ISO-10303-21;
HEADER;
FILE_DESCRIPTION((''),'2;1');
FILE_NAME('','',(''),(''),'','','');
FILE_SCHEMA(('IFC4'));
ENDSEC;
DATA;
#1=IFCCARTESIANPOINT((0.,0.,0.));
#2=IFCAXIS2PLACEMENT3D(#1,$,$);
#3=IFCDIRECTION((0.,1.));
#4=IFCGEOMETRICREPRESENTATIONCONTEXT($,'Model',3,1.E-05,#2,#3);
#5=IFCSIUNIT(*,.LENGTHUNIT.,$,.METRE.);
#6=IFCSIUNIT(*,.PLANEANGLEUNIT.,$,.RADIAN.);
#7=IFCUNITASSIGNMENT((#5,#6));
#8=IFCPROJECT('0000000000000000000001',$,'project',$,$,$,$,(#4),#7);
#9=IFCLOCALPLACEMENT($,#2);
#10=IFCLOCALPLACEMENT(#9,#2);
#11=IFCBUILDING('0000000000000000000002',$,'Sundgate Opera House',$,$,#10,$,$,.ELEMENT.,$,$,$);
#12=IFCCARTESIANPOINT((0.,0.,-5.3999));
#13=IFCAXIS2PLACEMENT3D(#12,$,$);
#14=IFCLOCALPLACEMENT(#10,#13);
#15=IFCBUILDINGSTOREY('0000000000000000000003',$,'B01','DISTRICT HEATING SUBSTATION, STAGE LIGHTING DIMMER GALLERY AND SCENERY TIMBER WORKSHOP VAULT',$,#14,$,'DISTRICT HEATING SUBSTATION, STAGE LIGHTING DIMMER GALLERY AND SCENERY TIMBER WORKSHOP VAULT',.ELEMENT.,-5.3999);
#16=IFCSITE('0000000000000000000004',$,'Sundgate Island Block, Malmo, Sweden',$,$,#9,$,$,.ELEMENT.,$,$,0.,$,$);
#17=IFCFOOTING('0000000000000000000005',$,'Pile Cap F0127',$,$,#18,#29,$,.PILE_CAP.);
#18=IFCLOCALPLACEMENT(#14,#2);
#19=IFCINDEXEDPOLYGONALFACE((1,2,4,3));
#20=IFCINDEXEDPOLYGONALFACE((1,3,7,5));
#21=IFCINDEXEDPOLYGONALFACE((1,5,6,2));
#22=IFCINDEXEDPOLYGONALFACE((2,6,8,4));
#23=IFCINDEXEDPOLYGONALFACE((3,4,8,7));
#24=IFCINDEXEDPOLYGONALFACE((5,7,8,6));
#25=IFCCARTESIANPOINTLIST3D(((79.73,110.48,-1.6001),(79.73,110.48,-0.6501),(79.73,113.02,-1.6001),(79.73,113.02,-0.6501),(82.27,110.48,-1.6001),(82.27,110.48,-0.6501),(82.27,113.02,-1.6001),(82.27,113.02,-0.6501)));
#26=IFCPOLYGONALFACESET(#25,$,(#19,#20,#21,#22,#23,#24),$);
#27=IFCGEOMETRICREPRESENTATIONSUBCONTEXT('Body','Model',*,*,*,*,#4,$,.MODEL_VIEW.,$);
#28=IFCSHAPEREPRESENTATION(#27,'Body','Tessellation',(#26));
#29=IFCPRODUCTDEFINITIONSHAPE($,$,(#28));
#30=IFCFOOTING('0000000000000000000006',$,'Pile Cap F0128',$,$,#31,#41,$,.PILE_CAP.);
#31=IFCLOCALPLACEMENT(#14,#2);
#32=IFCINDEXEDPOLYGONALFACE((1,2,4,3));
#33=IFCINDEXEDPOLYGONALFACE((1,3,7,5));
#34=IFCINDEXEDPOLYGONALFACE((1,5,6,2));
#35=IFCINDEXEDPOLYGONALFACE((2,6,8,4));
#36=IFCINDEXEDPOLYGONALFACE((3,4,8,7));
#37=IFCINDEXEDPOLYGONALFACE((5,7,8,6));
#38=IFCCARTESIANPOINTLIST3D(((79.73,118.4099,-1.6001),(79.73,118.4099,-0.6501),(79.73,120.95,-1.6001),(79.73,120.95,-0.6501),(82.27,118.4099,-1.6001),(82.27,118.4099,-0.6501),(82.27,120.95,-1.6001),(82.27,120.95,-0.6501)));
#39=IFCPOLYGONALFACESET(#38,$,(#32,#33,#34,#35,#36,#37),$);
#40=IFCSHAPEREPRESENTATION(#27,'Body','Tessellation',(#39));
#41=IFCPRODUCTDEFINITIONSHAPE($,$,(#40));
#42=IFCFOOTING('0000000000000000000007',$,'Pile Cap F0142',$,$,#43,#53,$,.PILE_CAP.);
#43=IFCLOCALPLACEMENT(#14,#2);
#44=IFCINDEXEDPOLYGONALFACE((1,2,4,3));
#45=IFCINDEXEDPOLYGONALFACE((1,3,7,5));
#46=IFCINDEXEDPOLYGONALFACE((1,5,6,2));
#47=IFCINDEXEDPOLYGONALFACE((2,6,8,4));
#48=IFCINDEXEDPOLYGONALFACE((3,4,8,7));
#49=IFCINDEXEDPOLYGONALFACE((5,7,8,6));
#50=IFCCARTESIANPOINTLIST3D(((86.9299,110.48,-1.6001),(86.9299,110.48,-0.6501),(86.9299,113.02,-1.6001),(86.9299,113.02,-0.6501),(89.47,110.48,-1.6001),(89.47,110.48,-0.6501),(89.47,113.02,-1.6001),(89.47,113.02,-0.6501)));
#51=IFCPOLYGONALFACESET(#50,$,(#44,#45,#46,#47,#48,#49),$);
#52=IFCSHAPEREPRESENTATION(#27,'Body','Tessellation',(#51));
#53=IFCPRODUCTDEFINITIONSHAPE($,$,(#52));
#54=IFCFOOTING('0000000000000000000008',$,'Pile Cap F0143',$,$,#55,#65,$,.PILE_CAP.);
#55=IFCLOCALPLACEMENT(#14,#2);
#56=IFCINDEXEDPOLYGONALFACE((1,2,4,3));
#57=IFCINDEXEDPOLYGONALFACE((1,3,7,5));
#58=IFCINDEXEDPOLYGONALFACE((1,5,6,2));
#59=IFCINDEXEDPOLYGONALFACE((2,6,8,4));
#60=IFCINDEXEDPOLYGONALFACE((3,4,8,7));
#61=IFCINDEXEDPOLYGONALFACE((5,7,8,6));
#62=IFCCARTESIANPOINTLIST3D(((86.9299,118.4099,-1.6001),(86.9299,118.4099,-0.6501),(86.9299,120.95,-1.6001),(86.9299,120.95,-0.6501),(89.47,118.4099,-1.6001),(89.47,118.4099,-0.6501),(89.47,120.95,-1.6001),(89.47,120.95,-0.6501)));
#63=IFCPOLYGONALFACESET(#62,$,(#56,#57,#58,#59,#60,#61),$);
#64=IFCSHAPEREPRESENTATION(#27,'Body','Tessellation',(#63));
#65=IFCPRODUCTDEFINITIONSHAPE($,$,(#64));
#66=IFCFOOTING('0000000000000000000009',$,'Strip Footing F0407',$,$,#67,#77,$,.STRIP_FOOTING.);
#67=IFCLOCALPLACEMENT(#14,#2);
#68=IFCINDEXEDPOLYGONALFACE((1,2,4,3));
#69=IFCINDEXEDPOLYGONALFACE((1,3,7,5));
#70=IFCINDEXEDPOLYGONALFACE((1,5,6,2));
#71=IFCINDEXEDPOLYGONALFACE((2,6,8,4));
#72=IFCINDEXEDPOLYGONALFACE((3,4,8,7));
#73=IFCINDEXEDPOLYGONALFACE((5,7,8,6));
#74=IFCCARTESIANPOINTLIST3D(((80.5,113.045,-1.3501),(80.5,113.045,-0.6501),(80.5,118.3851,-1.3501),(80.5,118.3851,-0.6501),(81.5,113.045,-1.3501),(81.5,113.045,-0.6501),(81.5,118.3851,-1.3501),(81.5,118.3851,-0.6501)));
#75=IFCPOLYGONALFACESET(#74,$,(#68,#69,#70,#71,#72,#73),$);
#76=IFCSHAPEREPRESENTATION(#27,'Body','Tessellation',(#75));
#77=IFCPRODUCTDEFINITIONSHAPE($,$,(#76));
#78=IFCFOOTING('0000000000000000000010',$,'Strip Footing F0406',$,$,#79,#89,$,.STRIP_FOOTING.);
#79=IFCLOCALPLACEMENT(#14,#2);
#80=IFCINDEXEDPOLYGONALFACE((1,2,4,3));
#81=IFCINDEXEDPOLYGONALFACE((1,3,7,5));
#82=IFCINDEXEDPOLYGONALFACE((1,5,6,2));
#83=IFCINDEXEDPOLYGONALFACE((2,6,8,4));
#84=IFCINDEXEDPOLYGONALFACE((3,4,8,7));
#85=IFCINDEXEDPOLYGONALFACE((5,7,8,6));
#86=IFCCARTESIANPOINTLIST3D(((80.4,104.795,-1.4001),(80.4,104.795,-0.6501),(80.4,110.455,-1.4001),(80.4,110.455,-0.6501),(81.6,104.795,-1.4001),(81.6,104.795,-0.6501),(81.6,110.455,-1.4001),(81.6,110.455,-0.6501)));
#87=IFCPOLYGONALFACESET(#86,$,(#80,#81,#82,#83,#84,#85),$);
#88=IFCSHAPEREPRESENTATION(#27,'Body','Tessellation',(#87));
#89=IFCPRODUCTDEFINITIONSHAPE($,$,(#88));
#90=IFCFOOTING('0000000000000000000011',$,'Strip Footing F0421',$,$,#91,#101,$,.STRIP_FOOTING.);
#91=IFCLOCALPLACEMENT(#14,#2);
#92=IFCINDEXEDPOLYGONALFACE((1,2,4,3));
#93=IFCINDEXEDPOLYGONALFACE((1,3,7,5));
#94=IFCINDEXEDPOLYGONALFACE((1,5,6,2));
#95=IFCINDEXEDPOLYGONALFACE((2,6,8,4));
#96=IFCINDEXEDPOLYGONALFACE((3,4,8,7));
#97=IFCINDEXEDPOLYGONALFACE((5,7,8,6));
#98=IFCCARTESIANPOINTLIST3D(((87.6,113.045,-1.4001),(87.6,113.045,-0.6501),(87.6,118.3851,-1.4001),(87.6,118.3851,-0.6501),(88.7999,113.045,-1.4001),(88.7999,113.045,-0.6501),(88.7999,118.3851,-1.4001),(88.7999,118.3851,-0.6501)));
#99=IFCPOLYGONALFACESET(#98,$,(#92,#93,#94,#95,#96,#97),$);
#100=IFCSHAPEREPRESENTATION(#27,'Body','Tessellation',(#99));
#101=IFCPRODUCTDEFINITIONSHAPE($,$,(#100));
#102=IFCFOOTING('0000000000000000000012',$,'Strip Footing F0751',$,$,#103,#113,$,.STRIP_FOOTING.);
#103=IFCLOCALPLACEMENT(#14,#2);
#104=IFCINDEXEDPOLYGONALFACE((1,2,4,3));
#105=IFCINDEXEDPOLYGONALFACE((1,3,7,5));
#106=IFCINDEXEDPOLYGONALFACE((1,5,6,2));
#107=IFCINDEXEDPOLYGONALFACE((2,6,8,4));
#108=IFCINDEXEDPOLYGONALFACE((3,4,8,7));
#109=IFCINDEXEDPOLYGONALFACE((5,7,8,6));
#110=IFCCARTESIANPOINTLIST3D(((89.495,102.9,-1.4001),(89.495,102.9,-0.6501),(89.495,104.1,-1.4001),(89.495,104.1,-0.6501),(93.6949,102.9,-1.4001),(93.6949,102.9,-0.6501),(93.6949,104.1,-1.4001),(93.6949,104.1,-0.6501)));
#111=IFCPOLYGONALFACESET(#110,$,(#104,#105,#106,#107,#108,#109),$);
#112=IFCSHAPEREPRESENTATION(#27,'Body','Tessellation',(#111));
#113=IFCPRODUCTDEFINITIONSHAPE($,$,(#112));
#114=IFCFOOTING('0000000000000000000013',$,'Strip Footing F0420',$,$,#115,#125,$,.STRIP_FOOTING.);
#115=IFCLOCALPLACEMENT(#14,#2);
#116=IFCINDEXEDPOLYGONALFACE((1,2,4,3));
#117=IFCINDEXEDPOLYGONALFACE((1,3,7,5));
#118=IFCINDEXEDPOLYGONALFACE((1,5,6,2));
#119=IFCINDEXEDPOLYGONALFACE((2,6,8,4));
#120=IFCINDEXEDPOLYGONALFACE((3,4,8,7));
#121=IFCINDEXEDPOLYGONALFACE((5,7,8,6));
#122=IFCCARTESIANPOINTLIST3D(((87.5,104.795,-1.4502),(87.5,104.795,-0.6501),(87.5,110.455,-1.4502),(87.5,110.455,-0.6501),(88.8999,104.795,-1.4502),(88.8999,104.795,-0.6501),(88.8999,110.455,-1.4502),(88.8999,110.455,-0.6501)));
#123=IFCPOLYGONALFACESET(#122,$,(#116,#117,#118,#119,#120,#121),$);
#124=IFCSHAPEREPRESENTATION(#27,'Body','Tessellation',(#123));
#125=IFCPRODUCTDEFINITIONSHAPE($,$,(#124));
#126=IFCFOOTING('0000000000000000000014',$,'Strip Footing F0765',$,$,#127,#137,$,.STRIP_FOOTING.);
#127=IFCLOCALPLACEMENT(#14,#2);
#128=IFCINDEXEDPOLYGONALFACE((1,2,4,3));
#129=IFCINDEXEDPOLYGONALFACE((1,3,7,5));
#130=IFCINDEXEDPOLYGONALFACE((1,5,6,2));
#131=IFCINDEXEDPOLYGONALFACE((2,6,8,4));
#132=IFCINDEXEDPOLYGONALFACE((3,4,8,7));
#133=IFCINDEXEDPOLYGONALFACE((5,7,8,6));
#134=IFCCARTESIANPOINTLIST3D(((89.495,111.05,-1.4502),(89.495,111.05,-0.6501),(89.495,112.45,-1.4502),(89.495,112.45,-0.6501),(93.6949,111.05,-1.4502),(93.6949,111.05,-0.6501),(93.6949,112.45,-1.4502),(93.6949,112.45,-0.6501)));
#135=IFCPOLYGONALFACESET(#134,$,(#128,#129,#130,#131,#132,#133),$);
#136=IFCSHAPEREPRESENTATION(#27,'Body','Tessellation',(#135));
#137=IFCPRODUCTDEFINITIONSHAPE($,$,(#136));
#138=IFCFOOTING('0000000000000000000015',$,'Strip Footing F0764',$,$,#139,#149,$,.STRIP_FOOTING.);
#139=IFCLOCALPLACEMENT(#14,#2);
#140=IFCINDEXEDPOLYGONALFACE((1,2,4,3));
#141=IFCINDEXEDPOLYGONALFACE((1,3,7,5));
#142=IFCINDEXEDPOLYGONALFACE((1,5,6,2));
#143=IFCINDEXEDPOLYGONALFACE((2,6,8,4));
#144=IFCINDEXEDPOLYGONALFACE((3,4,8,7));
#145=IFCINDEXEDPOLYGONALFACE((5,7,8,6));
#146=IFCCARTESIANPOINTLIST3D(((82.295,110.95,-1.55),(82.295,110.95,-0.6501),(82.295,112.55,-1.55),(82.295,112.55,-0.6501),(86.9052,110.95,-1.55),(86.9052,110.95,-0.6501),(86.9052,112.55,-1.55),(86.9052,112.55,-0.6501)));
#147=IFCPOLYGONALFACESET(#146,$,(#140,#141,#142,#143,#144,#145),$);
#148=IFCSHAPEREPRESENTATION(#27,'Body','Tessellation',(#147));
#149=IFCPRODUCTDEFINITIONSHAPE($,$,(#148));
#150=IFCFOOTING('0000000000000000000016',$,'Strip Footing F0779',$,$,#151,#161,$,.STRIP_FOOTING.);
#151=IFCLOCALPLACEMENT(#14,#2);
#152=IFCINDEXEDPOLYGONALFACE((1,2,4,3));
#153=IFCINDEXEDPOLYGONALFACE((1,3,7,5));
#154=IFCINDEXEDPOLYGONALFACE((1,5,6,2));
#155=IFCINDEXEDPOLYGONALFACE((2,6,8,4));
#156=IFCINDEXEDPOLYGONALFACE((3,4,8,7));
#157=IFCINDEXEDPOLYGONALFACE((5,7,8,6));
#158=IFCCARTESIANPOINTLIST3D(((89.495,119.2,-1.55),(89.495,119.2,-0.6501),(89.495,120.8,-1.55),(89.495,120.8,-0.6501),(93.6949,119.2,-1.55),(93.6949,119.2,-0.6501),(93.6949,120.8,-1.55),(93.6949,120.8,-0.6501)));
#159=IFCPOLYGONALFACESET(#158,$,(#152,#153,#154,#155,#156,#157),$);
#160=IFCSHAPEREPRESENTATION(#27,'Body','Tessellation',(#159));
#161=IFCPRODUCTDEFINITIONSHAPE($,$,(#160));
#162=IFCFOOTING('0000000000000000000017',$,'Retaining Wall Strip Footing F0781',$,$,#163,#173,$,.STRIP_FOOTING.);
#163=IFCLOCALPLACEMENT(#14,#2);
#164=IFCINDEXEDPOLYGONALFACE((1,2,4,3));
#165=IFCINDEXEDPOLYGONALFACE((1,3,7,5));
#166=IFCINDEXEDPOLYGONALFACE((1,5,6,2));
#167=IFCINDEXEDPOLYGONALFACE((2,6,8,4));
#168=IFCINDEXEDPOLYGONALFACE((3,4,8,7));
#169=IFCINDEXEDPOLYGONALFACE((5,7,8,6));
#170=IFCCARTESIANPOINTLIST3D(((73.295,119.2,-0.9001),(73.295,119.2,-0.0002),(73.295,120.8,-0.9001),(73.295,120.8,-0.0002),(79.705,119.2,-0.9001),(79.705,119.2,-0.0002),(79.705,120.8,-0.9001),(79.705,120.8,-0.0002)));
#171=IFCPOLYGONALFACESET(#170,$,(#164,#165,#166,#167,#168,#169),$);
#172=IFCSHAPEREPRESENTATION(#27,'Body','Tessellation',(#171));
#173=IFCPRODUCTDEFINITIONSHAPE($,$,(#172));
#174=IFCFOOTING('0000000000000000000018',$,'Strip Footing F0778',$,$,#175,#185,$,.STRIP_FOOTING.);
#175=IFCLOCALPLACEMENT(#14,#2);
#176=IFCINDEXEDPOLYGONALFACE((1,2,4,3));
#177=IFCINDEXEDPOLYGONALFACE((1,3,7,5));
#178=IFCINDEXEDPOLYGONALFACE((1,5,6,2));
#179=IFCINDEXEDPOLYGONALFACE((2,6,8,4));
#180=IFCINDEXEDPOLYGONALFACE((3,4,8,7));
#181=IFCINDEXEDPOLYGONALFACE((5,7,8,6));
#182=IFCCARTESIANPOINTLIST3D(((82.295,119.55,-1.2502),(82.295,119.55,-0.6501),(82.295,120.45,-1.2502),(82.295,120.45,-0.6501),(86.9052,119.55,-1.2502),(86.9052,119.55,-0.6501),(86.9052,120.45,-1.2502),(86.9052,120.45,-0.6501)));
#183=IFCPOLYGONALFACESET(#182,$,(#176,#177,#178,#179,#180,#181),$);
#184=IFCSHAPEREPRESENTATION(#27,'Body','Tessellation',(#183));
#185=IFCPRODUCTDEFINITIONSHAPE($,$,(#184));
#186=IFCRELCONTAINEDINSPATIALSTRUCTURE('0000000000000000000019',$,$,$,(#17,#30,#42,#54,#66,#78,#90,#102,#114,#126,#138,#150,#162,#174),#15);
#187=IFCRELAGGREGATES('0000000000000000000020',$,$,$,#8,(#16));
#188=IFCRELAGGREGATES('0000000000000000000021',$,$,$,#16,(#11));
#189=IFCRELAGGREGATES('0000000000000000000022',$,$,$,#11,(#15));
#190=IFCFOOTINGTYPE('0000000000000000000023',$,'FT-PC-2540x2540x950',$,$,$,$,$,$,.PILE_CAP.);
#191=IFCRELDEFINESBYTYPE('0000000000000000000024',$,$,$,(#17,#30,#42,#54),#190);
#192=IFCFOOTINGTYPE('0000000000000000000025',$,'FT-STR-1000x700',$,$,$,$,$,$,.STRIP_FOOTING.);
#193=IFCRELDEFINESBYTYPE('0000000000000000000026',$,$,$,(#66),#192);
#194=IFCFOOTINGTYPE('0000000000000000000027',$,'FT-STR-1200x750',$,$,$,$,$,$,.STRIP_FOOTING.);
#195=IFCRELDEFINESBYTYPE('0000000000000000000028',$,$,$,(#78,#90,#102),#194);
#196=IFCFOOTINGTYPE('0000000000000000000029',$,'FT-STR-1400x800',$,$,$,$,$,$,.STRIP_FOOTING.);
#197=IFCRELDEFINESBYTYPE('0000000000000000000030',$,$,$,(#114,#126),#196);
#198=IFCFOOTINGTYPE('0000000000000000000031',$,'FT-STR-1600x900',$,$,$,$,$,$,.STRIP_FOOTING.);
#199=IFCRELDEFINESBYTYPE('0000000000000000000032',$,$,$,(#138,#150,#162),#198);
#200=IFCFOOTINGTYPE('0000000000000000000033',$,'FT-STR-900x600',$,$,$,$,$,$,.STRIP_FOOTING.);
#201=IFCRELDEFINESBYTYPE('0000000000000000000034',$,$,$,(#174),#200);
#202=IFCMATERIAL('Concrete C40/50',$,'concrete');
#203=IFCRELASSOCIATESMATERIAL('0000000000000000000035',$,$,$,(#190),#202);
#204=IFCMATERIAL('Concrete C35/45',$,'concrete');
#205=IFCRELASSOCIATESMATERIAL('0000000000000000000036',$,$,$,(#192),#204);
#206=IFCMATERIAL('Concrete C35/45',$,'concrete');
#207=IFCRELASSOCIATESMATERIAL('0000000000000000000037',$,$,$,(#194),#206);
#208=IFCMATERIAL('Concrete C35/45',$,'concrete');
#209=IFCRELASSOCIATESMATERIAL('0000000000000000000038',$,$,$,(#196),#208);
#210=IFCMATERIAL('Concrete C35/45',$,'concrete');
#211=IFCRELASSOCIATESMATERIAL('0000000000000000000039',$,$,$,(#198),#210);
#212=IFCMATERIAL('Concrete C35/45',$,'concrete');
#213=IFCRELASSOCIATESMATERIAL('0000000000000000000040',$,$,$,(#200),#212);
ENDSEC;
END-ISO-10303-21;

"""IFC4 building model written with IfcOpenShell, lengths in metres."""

from ifc_helpers import new_model, si_unit, direction, frame, origin, origin_2d, place, context, subcontext, project, spatial, rectangle, extrude, material, type_object, element, save


model = new_model("IFC4")

# Units and contexts
model_context = context("Model", 3, precision=1e-05, world=origin(), true_north=direction((0.0, 1.0)))
body_context = subcontext(model_context, "Body", "Model", "MODEL_VIEW")
ifc_project = project(units=[si_unit("LENGTHUNIT", "METRE"), si_unit("PLANEANGLEUNIT", "RADIAN")], contexts=[model_context])

# Site, building, storey
site_placement = place(None, origin())
site = spatial("IfcSite", under=ifc_project, at=site_placement, Name="Sundgate Island Block, Malmo, Sweden", CompositionType="ELEMENT", RefElevation=0.0)
building_placement = place(site_placement, origin())
building = spatial("IfcBuilding", under=site, at=building_placement, Name="Sundgate Opera House", CompositionType="ELEMENT")
storey_placement = place(building_placement, frame((0.0, 0.0, -5.3999)))
storey = spatial("IfcBuildingStorey", under=building, at=storey_placement, Name="B01", Description="DISTRICT HEATING SUBSTATION, STAGE LIGHTING DIMMER GALLERY AND SCENERY TIMBER WORKSHOP VAULT", LongName="DISTRICT HEATING SUBSTATION, STAGE LIGHTING DIMMER GALLERY AND SCENERY TIMBER WORKSHOP VAULT", CompositionType="ELEMENT", Elevation=-5.3999)

# Footings
ifc_material_1 = material(Name="Concrete C40/50", Category="concrete")
footing_type_1 = type_object("IfcFootingType", Name="FT-PC-2540x2540x950", PredefinedType="PILE_CAP", material=ifc_material_1)
for number, where, z_axis, x_axis, name in (
    (1, (81.0, 111.75, -1.6001), (0.0, 0.0, 1.0), (1.0, 0.0, 0.0), "Pile Cap F0127"),
    (2, (81.0, 119.6799, -1.6001), (0.0, 0.0, 1.0), (1.0, 0.0, 0.0), "Pile Cap F0128"),
    (3, (88.2, 111.75, -1.6001), (0.0, 0.0, 1.0), (1.0, 0.0, 0.0), "Pile Cap F0142"),
    (4, (88.2, 119.6799, -1.6001), (0.0, 0.0, 1.0), (1.0, 0.0, 0.0), "Pile Cap F0143"),
):
    element("IfcFooting", number, at=place(storey_placement, frame(where, z_axis=z_axis, x_axis=x_axis)), inside=storey, type_object=footing_type_1, Name=name, PredefinedType="PILE_CAP", context=body_context, shape_type="SweptSolid", body=[
        extrude(rectangle(XDim=2.54, YDim=2.54, at=origin_2d()), origin(), (0.0, 0.0, 1.0), 0.95),
    ])
ifc_material_2 = material(Name="Concrete C35/45", Category="concrete")
footing_type_2 = type_object("IfcFootingType", Name="FT-STR-1000x700", PredefinedType="STRIP_FOOTING", material=ifc_material_2)
footing_1_placement = place(storey_placement, frame((81.0, 115.7151, -1.3501), z_axis=(0.0, 0.0, 1.0), x_axis=(1.0, 0.0, 0.0)))
element("IfcFooting", 5, at=footing_1_placement, inside=storey, type_object=footing_type_2, Name="Strip Footing F0407", PredefinedType="STRIP_FOOTING", context=body_context, shape_type="SweptSolid", body=[
    extrude(rectangle(XDim=1.0, YDim=5.3401, at=origin_2d()), origin(), (0.0, 0.0, 1.0), 0.7),
])
ifc_material_3 = material(Name="Concrete C35/45", Category="concrete")
footing_type_3 = type_object("IfcFootingType", Name="FT-STR-1200x750", PredefinedType="STRIP_FOOTING", material=ifc_material_3)
footing_2_placement = place(storey_placement, frame((81.0, 107.625, -1.4001), z_axis=(0.0, 0.0, 1.0), x_axis=(1.0, 0.0, 0.0)))
element("IfcFooting", 6, at=footing_2_placement, inside=storey, type_object=footing_type_3, Name="Strip Footing F0406", PredefinedType="STRIP_FOOTING", context=body_context, shape_type="SweptSolid", body=[
    extrude(rectangle(XDim=1.2, YDim=5.6599, at=origin_2d()), origin(), (0.0, 0.0, 1.0), 0.75),
])
footing_3_placement = place(storey_placement, frame((88.2, 115.7151, -1.4001), z_axis=(0.0, 0.0, 1.0), x_axis=(1.0, 0.0, 0.0)))
element("IfcFooting", 7, at=footing_3_placement, inside=storey, type_object=footing_type_3, Name="Strip Footing F0421", PredefinedType="STRIP_FOOTING", context=body_context, shape_type="SweptSolid", body=[
    extrude(rectangle(XDim=1.2, YDim=5.3401, at=origin_2d()), origin(), (0.0, 0.0, 1.0), 0.75),
])
footing_4_placement = place(storey_placement, frame((91.595, 103.5, -1.4001), z_axis=(0.0, 0.0, 1.0), x_axis=(1.0, 0.0, 0.0)))
element("IfcFooting", 8, at=footing_4_placement, inside=storey, type_object=footing_type_3, Name="Strip Footing F0751", PredefinedType="STRIP_FOOTING", context=body_context, shape_type="SweptSolid", body=[
    extrude(rectangle(XDim=4.2, YDim=1.2, at=origin_2d()), origin(), (0.0, 0.0, 1.0), 0.75),
])
ifc_material_4 = material(Name="Concrete C35/45", Category="concrete")
footing_type_4 = type_object("IfcFootingType", Name="FT-STR-1400x800", PredefinedType="STRIP_FOOTING", material=ifc_material_4)
footing_5_placement = place(storey_placement, frame((88.2, 107.625, -1.4502), z_axis=(0.0, 0.0, 1.0), x_axis=(1.0, 0.0, 0.0)))
element("IfcFooting", 9, at=footing_5_placement, inside=storey, type_object=footing_type_4, Name="Strip Footing F0420", PredefinedType="STRIP_FOOTING", context=body_context, shape_type="SweptSolid", body=[
    extrude(rectangle(XDim=1.3999, YDim=5.6599, at=origin_2d()), origin(), (0.0, 0.0, 1.0), 0.8),
])
footing_6_placement = place(storey_placement, frame((91.595, 111.75, -1.4502), z_axis=(0.0, 0.0, 1.0), x_axis=(1.0, 0.0, 0.0)))
element("IfcFooting", 10, at=footing_6_placement, inside=storey, type_object=footing_type_4, Name="Strip Footing F0765", PredefinedType="STRIP_FOOTING", context=body_context, shape_type="SweptSolid", body=[
    extrude(rectangle(XDim=4.2, YDim=1.3999, at=origin_2d()), origin(), (0.0, 0.0, 1.0), 0.8),
])
ifc_material_5 = material(Name="Concrete C35/45", Category="concrete")
footing_type_5 = type_object("IfcFootingType", Name="FT-STR-1600x900", PredefinedType="STRIP_FOOTING", material=ifc_material_5)
footing_7_placement = place(storey_placement, frame((84.6001, 111.75, -1.55), z_axis=(0.0, 0.0, 1.0), x_axis=(1.0, 0.0, 0.0)))
element("IfcFooting", 11, at=footing_7_placement, inside=storey, type_object=footing_type_5, Name="Strip Footing F0764", PredefinedType="STRIP_FOOTING", context=body_context, shape_type="SweptSolid", body=[
    extrude(rectangle(XDim=4.6101, YDim=1.6001, at=origin_2d()), origin(), (0.0, 0.0, 1.0), 0.8999),
])
footing_8_placement = place(storey_placement, frame((91.595, 120.0, -1.55), z_axis=(0.0, 0.0, 1.0), x_axis=(1.0, 0.0, 0.0)))
element("IfcFooting", 12, at=footing_8_placement, inside=storey, type_object=footing_type_5, Name="Strip Footing F0779", PredefinedType="STRIP_FOOTING", context=body_context, shape_type="SweptSolid", body=[
    extrude(rectangle(XDim=4.2, YDim=1.6001, at=origin_2d()), origin(), (0.0, 0.0, 1.0), 0.8999),
])
footing_9_placement = place(storey_placement, frame((76.5, 120.0, -0.9001), z_axis=(0.0, 0.0, 1.0), x_axis=(1.0, 0.0, 0.0)))
element("IfcFooting", 13, at=footing_9_placement, inside=storey, type_object=footing_type_5, Name="Retaining Wall Strip Footing F0781", PredefinedType="STRIP_FOOTING", context=body_context, shape_type="SweptSolid", body=[
    extrude(rectangle(XDim=6.4099, YDim=1.6001, at=origin_2d()), origin(), (0.0, 0.0, 1.0), 0.8999),
])
ifc_material_6 = material(Name="Concrete C35/45", Category="concrete")
footing_type_6 = type_object("IfcFootingType", Name="FT-STR-900x600", PredefinedType="STRIP_FOOTING", material=ifc_material_6)
footing_10_placement = place(storey_placement, frame((84.6001, 120.0, -1.2502), z_axis=(0.0, 0.0, 1.0), x_axis=(1.0, 0.0, 0.0)))
element("IfcFooting", 14, at=footing_10_placement, inside=storey, type_object=footing_type_6, Name="Strip Footing F0778", PredefinedType="STRIP_FOOTING", context=body_context, shape_type="SweptSolid", body=[
    extrude(rectangle(XDim=4.6101, YDim=0.8999, at=origin_2d()), origin(), (0.0, 0.0, 1.0), 0.6001),
])

save(model, "model.ifc")
